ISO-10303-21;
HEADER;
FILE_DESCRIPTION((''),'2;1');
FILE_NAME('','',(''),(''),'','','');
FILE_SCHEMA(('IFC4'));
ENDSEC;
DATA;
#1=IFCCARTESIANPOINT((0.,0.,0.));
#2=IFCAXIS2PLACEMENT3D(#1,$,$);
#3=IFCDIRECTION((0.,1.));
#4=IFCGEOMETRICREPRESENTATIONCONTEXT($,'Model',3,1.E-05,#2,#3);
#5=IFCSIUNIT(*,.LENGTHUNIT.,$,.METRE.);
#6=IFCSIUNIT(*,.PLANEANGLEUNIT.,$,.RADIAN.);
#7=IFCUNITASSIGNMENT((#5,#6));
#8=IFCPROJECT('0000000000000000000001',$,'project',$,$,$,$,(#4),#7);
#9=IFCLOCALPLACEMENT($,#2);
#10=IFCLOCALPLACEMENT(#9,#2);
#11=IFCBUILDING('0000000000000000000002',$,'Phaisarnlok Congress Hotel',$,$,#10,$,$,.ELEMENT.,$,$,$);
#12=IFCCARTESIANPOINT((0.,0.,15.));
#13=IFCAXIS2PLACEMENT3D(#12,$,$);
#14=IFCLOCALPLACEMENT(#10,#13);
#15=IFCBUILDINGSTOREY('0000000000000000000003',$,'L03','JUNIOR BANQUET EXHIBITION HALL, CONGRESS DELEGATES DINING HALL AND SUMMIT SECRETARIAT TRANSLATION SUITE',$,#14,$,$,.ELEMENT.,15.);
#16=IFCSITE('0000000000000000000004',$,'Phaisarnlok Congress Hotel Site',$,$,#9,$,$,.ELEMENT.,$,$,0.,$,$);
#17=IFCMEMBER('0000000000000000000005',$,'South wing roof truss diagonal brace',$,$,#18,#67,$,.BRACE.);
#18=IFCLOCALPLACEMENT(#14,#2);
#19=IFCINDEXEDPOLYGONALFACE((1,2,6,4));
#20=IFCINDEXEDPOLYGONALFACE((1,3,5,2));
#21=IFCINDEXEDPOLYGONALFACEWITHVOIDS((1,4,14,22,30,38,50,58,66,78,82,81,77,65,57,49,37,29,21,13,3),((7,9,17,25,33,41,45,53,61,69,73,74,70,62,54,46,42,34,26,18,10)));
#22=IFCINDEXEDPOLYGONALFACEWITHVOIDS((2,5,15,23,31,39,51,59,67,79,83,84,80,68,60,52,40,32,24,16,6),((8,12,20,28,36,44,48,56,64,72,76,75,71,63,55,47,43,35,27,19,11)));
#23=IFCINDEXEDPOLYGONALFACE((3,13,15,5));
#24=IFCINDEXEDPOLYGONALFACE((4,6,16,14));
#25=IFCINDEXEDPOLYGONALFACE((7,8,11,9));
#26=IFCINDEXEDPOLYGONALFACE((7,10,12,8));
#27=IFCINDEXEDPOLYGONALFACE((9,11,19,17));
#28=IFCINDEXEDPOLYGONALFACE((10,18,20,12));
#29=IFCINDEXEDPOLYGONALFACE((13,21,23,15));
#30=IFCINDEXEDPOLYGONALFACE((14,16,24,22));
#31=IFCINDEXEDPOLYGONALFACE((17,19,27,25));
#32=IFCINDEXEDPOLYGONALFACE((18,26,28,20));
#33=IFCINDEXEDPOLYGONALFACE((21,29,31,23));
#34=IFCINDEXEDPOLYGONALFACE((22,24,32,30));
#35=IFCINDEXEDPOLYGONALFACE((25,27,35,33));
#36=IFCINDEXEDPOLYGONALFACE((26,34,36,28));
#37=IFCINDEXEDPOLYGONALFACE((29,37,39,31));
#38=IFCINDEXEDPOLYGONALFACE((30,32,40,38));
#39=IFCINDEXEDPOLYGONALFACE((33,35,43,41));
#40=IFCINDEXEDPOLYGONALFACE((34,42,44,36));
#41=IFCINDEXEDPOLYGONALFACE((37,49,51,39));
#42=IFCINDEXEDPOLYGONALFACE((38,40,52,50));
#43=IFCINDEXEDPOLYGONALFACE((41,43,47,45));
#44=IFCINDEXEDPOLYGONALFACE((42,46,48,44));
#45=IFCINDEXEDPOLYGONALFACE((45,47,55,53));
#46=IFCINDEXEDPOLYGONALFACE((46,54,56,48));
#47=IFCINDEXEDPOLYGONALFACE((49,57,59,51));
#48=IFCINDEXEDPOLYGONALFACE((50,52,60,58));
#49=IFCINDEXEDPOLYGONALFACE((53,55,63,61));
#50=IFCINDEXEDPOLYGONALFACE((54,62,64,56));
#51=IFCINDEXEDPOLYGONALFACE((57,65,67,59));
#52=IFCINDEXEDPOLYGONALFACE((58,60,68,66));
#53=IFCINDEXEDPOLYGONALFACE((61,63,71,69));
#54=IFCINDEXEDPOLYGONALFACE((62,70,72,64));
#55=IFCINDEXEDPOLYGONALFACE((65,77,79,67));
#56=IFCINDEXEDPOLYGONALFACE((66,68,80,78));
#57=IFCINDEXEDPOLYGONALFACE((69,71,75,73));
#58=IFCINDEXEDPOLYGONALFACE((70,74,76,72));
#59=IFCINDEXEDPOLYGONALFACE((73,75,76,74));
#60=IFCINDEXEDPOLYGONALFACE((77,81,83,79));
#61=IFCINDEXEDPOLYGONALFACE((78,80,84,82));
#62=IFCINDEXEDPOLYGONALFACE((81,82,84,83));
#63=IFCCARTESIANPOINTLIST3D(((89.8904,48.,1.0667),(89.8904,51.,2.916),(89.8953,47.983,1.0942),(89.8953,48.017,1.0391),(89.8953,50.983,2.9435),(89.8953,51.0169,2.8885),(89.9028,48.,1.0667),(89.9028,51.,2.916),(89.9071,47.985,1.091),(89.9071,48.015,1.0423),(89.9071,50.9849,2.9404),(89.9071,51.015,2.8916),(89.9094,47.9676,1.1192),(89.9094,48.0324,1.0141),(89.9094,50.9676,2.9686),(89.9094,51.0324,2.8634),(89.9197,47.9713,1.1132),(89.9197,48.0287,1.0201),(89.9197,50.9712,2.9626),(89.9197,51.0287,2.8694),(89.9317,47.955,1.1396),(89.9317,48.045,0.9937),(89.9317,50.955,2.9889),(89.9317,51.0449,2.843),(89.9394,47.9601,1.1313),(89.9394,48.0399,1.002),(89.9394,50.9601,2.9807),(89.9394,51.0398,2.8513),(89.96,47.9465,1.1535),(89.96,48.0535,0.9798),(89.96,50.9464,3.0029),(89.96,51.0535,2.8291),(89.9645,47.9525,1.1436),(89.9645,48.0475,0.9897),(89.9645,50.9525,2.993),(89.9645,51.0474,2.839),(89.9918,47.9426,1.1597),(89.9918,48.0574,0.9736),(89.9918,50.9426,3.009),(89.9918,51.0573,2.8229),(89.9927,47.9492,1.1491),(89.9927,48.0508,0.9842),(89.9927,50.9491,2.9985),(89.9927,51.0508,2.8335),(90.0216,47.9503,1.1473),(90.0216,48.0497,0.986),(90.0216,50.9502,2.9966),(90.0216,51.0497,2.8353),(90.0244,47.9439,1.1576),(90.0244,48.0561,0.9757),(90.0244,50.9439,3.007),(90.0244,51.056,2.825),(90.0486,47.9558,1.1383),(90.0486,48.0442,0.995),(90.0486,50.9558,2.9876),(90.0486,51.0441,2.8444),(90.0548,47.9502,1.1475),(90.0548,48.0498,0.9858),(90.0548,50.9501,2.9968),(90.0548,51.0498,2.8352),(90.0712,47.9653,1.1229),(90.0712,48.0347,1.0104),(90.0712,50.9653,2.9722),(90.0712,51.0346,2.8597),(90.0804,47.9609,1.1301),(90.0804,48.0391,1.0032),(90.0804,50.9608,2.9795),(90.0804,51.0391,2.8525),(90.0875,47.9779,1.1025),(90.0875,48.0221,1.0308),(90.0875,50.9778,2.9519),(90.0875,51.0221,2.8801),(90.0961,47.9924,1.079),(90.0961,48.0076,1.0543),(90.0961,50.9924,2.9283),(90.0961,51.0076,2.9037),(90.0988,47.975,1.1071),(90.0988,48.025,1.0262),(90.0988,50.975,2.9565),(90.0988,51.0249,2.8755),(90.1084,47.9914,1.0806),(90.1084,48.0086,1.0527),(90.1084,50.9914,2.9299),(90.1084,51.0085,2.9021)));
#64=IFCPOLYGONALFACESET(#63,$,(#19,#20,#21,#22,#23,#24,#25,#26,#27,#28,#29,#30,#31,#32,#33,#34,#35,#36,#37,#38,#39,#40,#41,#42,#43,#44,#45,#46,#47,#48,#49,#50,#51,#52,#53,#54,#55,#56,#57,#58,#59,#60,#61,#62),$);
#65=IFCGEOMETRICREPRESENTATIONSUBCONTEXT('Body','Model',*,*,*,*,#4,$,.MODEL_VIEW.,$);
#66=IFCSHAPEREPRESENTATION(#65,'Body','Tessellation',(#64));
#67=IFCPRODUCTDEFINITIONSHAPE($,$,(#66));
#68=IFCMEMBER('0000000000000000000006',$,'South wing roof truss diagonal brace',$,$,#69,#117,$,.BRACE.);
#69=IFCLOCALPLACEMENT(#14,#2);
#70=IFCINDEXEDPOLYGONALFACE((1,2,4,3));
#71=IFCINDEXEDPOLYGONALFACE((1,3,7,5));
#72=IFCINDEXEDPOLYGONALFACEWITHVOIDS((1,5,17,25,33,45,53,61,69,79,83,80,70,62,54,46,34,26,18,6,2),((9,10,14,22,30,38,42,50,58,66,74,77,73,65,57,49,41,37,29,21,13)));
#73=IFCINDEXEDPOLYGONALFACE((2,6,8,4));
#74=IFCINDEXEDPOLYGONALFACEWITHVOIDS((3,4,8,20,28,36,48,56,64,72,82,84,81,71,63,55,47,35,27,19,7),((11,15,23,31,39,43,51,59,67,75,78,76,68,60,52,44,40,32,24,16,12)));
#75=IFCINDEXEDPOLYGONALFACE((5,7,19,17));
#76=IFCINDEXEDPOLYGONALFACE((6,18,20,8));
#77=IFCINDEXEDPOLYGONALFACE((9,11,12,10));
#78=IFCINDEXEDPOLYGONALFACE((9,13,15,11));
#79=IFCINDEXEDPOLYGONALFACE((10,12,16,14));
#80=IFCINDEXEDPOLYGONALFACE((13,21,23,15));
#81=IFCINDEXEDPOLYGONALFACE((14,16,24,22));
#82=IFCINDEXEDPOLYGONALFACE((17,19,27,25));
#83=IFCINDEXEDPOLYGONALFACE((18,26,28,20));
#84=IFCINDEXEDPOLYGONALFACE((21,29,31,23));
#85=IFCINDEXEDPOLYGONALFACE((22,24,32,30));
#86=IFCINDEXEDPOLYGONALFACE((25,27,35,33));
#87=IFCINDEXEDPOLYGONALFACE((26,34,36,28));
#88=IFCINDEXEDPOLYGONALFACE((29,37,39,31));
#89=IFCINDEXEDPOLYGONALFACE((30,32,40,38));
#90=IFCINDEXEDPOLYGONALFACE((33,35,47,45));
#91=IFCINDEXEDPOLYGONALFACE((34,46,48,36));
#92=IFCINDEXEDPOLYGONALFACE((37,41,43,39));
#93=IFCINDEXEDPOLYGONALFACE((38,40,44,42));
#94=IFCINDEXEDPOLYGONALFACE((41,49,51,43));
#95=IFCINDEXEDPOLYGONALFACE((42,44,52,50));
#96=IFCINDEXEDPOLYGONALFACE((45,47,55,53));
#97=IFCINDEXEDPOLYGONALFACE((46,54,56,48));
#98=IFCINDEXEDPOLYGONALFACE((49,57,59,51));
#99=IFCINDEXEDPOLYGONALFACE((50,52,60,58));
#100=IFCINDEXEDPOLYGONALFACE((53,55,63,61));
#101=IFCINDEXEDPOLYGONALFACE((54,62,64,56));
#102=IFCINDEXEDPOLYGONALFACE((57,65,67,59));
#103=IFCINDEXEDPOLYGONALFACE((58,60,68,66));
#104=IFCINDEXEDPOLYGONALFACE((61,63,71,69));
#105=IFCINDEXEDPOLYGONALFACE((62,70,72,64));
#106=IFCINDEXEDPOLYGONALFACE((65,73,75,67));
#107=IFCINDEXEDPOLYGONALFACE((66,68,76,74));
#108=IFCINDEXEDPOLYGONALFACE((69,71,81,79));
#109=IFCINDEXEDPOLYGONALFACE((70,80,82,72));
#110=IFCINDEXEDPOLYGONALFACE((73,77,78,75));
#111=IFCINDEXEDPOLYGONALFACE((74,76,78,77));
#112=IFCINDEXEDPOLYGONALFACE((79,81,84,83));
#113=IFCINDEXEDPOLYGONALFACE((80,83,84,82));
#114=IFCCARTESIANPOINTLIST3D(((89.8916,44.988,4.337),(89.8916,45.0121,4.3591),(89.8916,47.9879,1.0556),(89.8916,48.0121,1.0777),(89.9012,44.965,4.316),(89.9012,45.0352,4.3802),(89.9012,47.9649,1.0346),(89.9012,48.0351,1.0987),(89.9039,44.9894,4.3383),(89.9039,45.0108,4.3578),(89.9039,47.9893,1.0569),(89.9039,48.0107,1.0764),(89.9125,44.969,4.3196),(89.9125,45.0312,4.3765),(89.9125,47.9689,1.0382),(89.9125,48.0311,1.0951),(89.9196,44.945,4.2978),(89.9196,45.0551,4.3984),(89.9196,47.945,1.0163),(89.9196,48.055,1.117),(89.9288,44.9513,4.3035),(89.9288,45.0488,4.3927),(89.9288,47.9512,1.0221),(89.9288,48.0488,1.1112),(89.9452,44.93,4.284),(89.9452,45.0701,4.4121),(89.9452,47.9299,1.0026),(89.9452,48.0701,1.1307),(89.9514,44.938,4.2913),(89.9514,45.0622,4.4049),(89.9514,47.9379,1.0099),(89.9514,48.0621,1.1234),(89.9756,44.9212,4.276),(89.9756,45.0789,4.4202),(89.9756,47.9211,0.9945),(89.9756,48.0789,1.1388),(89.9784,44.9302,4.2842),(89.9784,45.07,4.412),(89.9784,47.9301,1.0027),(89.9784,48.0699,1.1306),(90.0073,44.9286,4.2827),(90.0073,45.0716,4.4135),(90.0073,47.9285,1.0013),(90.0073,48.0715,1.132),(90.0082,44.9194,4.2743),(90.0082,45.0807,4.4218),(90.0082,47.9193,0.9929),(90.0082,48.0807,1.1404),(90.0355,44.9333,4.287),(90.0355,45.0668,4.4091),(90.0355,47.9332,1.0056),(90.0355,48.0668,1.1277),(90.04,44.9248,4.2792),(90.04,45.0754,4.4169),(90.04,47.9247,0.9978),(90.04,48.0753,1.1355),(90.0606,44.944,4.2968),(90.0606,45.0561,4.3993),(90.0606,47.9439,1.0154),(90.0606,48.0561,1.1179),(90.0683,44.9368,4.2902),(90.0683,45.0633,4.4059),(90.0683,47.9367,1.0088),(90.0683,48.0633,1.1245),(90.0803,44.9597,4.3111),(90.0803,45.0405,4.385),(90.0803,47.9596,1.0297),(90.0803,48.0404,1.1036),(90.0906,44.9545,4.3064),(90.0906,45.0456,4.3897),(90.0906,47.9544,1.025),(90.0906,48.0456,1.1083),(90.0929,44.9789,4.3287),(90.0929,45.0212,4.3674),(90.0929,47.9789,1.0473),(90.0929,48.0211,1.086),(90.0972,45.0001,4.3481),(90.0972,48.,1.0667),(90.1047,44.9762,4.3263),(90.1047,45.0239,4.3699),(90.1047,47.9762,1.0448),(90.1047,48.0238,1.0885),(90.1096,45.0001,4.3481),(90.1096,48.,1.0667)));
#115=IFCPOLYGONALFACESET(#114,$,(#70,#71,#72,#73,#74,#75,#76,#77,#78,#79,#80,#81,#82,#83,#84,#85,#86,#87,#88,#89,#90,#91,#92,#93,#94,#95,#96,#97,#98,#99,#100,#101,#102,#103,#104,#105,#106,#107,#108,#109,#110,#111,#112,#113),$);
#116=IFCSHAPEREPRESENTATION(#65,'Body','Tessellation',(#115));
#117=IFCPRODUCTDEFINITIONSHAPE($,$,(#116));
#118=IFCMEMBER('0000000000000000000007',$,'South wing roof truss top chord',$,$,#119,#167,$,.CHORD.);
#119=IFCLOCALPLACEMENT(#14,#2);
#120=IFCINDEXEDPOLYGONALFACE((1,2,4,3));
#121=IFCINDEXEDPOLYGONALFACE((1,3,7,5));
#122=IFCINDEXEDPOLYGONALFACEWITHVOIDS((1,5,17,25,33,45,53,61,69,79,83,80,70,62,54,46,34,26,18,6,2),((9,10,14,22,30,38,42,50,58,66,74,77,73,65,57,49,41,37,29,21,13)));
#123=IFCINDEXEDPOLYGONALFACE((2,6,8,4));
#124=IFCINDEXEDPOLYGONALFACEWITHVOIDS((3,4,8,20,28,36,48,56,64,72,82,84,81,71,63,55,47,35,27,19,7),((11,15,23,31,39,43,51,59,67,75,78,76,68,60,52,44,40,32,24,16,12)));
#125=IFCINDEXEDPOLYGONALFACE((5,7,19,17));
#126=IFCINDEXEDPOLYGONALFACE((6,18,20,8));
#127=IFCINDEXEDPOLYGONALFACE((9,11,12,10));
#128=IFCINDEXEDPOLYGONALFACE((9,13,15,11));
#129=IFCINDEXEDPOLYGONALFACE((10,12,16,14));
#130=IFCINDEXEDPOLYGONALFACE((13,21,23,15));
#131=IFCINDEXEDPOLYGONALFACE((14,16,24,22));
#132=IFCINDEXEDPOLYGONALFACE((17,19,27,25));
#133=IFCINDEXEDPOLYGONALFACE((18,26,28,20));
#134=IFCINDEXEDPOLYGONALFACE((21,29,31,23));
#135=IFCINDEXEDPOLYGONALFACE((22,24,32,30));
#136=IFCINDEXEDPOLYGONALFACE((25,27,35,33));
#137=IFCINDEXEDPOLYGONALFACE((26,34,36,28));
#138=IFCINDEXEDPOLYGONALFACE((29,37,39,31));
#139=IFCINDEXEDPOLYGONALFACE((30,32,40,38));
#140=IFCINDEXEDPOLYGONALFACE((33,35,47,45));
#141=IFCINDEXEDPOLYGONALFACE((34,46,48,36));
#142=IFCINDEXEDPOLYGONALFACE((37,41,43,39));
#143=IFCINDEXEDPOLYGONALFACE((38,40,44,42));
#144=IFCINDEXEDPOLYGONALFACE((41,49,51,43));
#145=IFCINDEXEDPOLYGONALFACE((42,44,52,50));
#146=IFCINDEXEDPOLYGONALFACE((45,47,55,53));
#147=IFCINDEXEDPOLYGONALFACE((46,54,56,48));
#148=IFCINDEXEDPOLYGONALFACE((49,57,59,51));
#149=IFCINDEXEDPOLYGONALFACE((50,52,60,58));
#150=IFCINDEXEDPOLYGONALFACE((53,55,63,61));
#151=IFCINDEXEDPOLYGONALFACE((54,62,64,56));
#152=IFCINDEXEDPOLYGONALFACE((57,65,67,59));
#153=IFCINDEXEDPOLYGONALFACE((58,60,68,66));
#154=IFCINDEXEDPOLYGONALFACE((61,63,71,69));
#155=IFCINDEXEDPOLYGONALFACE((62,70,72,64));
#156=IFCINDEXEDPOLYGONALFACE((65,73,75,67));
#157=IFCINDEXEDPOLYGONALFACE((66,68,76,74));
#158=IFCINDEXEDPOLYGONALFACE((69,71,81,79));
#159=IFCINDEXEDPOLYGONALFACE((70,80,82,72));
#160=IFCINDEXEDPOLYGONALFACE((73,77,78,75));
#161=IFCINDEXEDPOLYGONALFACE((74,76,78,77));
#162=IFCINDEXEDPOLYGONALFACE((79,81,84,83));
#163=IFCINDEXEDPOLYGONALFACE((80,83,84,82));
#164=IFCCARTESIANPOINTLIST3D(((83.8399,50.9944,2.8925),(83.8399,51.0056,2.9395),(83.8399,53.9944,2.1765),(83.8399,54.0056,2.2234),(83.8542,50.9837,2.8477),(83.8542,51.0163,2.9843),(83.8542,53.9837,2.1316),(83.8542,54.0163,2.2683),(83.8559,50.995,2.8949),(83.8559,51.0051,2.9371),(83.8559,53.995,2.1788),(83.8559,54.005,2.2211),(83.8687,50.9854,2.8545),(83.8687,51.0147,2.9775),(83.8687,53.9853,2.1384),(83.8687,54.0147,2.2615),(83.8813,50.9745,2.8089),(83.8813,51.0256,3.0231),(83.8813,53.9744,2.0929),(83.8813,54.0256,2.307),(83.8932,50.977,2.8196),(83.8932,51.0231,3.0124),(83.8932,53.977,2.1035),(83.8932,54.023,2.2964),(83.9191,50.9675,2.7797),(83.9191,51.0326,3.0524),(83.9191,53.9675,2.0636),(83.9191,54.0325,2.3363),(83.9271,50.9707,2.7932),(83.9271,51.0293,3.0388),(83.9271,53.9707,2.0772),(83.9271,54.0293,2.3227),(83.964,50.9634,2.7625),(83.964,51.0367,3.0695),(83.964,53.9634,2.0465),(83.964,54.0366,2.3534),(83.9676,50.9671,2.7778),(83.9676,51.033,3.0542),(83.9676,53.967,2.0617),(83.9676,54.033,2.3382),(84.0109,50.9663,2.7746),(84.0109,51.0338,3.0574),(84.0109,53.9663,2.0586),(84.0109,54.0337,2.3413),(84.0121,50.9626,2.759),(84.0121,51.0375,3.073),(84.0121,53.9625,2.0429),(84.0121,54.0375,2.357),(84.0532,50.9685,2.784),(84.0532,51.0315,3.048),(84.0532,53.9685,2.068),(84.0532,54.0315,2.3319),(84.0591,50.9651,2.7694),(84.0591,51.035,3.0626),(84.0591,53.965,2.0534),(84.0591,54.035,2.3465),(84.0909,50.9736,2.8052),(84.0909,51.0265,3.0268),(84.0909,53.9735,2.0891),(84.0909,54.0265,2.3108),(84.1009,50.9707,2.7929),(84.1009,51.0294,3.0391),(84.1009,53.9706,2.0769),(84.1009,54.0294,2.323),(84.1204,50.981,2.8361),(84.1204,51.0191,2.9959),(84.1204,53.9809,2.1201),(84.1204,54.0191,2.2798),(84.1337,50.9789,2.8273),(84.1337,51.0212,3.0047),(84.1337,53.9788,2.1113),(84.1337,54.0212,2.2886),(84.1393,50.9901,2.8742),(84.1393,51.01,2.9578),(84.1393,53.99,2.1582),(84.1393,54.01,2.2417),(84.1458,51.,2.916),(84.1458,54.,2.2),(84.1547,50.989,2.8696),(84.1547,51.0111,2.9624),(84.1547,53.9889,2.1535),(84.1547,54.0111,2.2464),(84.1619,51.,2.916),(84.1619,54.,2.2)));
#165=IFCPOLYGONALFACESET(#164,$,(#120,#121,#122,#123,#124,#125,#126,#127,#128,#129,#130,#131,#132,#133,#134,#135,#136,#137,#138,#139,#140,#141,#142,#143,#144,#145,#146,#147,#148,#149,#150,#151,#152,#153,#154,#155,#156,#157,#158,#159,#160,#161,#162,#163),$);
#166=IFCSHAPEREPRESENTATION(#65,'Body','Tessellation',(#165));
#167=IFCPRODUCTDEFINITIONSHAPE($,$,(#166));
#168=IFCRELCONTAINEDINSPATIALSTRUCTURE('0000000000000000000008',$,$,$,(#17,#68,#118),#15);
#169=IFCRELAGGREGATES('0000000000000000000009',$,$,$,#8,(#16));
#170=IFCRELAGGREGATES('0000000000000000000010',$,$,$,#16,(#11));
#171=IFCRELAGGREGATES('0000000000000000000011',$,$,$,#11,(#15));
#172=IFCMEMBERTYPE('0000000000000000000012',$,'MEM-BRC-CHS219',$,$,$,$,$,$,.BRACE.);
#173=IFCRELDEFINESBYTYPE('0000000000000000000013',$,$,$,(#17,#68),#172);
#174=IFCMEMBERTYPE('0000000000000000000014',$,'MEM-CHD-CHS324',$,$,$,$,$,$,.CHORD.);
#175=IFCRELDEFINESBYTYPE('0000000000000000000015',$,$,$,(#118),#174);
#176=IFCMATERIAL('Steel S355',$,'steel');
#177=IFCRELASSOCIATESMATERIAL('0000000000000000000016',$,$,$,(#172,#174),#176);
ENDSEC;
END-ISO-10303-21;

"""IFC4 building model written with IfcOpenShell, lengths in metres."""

from ifc_helpers import new_model, si_unit, direction, frame, origin, origin_2d, place, context, subcontext, project, spatial, hollow_circle, extrude, material, material_profile, profile_set, type_object, element, save


model = new_model("IFC4")

# Units and contexts
model_context = context("Model", 3, precision=1e-05, world=origin(), true_north=direction((0.0, 1.0)))
body_context = subcontext(model_context, "Body", "Model", "MODEL_VIEW")
ifc_project = project(units=[si_unit("LENGTHUNIT", "METRE"), si_unit("PLANEANGLEUNIT", "RADIAN")], contexts=[model_context])

# Site, building, storey
site_placement = place(None, origin())
site = spatial("IfcSite", under=ifc_project, at=site_placement, Name="Phaisarnlok Congress Hotel Site", CompositionType="ELEMENT", RefElevation=0.0)
building_placement = place(site_placement, origin())
building = spatial("IfcBuilding", under=site, at=building_placement, Name="Phaisarnlok Congress Hotel", CompositionType="ELEMENT")
storey_placement = place(building_placement, frame((0.0, 0.0, 15.0)))
storey = spatial("IfcBuildingStorey", under=building, at=storey_placement, Name="L03", Description="JUNIOR BANQUET EXHIBITION HALL, CONGRESS DELEGATES DINING HALL AND SUMMIT SECRETARIAT TRANSLATION SUITE", CompositionType="ELEMENT", Elevation=15.0)

# Shared definitions
ifc_material = material(Name="Steel S355", Category="steel")

# Members
ifc_material_profile_1 = material_profile(ifc_material, hollow_circle(Radius=0.1096, WallThickness=0.0125, at=origin_2d()), Name="CHS 219.1x12.5")
ifc_profile_set_1 = profile_set([ifc_material_profile_1], Name="Steel S355")
member_type_1 = type_object("IfcMemberType", Name="MEM-BRC-CHS219", PredefinedType="BRACE", material=ifc_profile_set_1)
member_1_placement = place(storey_placement, frame((90.0, 48.0, 1.0667), z_axis=(0.0, 0.851251, 0.524758), x_axis=(-1.0, 0.0, 0.0)))
element("IfcMember", 1, at=member_1_placement, inside=storey, type_object=member_type_1, Name="South wing roof truss diagonal brace", PredefinedType="BRACE", context=body_context, shape_type="SweptSolid", body=[
    extrude(hollow_circle(Radius=0.1096, WallThickness=0.0125, at=origin_2d()), origin(), (0.0, 0.0, 1.0), 3.5242),
])
member_2_placement = place(storey_placement, frame((90.0, 48.0, 1.0667), z_axis=(0.0, -0.674742, 0.738054), x_axis=(1.0, 0.0, 0.0)))
element("IfcMember", 2, at=member_2_placement, inside=storey, type_object=member_type_1, Name="South wing roof truss diagonal brace", PredefinedType="BRACE", context=body_context, shape_type="SweptSolid", body=[
    extrude(hollow_circle(Radius=0.1096, WallThickness=0.0125, at=origin_2d()), origin(), (0.0, 0.0, 1.0), 4.446),
])
ifc_material_profile_2 = material_profile(ifc_material, hollow_circle(Radius=0.1619, WallThickness=0.0161, at=origin_2d()), Name="CHS 323.9x16")
ifc_profile_set_2 = profile_set([ifc_material_profile_2], Name="Steel S355")
member_type_2 = type_object("IfcMemberType", Name="MEM-CHD-CHS324", PredefinedType="CHORD", material=ifc_profile_set_2)
for number, where, z_axis, x_axis, name in (
    (3, (84.0, 54.0, 2.2), (0.0, -0.972676, 0.232166), (1.0, 0.0, 0.0), "South wing roof truss top chord"),
):
    element("IfcMember", number, at=place(storey_placement, frame(where, z_axis=z_axis, x_axis=x_axis)), inside=storey, type_object=member_type_2, Name=name, PredefinedType="CHORD", context=body_context, shape_type="SweptSolid", body=[
        extrude(hollow_circle(Radius=0.1619, WallThickness=0.0161, at=origin_2d()), origin(), (0.0, 0.0, 1.0), 3.0842),
    ])

save(model, "model.ifc")
